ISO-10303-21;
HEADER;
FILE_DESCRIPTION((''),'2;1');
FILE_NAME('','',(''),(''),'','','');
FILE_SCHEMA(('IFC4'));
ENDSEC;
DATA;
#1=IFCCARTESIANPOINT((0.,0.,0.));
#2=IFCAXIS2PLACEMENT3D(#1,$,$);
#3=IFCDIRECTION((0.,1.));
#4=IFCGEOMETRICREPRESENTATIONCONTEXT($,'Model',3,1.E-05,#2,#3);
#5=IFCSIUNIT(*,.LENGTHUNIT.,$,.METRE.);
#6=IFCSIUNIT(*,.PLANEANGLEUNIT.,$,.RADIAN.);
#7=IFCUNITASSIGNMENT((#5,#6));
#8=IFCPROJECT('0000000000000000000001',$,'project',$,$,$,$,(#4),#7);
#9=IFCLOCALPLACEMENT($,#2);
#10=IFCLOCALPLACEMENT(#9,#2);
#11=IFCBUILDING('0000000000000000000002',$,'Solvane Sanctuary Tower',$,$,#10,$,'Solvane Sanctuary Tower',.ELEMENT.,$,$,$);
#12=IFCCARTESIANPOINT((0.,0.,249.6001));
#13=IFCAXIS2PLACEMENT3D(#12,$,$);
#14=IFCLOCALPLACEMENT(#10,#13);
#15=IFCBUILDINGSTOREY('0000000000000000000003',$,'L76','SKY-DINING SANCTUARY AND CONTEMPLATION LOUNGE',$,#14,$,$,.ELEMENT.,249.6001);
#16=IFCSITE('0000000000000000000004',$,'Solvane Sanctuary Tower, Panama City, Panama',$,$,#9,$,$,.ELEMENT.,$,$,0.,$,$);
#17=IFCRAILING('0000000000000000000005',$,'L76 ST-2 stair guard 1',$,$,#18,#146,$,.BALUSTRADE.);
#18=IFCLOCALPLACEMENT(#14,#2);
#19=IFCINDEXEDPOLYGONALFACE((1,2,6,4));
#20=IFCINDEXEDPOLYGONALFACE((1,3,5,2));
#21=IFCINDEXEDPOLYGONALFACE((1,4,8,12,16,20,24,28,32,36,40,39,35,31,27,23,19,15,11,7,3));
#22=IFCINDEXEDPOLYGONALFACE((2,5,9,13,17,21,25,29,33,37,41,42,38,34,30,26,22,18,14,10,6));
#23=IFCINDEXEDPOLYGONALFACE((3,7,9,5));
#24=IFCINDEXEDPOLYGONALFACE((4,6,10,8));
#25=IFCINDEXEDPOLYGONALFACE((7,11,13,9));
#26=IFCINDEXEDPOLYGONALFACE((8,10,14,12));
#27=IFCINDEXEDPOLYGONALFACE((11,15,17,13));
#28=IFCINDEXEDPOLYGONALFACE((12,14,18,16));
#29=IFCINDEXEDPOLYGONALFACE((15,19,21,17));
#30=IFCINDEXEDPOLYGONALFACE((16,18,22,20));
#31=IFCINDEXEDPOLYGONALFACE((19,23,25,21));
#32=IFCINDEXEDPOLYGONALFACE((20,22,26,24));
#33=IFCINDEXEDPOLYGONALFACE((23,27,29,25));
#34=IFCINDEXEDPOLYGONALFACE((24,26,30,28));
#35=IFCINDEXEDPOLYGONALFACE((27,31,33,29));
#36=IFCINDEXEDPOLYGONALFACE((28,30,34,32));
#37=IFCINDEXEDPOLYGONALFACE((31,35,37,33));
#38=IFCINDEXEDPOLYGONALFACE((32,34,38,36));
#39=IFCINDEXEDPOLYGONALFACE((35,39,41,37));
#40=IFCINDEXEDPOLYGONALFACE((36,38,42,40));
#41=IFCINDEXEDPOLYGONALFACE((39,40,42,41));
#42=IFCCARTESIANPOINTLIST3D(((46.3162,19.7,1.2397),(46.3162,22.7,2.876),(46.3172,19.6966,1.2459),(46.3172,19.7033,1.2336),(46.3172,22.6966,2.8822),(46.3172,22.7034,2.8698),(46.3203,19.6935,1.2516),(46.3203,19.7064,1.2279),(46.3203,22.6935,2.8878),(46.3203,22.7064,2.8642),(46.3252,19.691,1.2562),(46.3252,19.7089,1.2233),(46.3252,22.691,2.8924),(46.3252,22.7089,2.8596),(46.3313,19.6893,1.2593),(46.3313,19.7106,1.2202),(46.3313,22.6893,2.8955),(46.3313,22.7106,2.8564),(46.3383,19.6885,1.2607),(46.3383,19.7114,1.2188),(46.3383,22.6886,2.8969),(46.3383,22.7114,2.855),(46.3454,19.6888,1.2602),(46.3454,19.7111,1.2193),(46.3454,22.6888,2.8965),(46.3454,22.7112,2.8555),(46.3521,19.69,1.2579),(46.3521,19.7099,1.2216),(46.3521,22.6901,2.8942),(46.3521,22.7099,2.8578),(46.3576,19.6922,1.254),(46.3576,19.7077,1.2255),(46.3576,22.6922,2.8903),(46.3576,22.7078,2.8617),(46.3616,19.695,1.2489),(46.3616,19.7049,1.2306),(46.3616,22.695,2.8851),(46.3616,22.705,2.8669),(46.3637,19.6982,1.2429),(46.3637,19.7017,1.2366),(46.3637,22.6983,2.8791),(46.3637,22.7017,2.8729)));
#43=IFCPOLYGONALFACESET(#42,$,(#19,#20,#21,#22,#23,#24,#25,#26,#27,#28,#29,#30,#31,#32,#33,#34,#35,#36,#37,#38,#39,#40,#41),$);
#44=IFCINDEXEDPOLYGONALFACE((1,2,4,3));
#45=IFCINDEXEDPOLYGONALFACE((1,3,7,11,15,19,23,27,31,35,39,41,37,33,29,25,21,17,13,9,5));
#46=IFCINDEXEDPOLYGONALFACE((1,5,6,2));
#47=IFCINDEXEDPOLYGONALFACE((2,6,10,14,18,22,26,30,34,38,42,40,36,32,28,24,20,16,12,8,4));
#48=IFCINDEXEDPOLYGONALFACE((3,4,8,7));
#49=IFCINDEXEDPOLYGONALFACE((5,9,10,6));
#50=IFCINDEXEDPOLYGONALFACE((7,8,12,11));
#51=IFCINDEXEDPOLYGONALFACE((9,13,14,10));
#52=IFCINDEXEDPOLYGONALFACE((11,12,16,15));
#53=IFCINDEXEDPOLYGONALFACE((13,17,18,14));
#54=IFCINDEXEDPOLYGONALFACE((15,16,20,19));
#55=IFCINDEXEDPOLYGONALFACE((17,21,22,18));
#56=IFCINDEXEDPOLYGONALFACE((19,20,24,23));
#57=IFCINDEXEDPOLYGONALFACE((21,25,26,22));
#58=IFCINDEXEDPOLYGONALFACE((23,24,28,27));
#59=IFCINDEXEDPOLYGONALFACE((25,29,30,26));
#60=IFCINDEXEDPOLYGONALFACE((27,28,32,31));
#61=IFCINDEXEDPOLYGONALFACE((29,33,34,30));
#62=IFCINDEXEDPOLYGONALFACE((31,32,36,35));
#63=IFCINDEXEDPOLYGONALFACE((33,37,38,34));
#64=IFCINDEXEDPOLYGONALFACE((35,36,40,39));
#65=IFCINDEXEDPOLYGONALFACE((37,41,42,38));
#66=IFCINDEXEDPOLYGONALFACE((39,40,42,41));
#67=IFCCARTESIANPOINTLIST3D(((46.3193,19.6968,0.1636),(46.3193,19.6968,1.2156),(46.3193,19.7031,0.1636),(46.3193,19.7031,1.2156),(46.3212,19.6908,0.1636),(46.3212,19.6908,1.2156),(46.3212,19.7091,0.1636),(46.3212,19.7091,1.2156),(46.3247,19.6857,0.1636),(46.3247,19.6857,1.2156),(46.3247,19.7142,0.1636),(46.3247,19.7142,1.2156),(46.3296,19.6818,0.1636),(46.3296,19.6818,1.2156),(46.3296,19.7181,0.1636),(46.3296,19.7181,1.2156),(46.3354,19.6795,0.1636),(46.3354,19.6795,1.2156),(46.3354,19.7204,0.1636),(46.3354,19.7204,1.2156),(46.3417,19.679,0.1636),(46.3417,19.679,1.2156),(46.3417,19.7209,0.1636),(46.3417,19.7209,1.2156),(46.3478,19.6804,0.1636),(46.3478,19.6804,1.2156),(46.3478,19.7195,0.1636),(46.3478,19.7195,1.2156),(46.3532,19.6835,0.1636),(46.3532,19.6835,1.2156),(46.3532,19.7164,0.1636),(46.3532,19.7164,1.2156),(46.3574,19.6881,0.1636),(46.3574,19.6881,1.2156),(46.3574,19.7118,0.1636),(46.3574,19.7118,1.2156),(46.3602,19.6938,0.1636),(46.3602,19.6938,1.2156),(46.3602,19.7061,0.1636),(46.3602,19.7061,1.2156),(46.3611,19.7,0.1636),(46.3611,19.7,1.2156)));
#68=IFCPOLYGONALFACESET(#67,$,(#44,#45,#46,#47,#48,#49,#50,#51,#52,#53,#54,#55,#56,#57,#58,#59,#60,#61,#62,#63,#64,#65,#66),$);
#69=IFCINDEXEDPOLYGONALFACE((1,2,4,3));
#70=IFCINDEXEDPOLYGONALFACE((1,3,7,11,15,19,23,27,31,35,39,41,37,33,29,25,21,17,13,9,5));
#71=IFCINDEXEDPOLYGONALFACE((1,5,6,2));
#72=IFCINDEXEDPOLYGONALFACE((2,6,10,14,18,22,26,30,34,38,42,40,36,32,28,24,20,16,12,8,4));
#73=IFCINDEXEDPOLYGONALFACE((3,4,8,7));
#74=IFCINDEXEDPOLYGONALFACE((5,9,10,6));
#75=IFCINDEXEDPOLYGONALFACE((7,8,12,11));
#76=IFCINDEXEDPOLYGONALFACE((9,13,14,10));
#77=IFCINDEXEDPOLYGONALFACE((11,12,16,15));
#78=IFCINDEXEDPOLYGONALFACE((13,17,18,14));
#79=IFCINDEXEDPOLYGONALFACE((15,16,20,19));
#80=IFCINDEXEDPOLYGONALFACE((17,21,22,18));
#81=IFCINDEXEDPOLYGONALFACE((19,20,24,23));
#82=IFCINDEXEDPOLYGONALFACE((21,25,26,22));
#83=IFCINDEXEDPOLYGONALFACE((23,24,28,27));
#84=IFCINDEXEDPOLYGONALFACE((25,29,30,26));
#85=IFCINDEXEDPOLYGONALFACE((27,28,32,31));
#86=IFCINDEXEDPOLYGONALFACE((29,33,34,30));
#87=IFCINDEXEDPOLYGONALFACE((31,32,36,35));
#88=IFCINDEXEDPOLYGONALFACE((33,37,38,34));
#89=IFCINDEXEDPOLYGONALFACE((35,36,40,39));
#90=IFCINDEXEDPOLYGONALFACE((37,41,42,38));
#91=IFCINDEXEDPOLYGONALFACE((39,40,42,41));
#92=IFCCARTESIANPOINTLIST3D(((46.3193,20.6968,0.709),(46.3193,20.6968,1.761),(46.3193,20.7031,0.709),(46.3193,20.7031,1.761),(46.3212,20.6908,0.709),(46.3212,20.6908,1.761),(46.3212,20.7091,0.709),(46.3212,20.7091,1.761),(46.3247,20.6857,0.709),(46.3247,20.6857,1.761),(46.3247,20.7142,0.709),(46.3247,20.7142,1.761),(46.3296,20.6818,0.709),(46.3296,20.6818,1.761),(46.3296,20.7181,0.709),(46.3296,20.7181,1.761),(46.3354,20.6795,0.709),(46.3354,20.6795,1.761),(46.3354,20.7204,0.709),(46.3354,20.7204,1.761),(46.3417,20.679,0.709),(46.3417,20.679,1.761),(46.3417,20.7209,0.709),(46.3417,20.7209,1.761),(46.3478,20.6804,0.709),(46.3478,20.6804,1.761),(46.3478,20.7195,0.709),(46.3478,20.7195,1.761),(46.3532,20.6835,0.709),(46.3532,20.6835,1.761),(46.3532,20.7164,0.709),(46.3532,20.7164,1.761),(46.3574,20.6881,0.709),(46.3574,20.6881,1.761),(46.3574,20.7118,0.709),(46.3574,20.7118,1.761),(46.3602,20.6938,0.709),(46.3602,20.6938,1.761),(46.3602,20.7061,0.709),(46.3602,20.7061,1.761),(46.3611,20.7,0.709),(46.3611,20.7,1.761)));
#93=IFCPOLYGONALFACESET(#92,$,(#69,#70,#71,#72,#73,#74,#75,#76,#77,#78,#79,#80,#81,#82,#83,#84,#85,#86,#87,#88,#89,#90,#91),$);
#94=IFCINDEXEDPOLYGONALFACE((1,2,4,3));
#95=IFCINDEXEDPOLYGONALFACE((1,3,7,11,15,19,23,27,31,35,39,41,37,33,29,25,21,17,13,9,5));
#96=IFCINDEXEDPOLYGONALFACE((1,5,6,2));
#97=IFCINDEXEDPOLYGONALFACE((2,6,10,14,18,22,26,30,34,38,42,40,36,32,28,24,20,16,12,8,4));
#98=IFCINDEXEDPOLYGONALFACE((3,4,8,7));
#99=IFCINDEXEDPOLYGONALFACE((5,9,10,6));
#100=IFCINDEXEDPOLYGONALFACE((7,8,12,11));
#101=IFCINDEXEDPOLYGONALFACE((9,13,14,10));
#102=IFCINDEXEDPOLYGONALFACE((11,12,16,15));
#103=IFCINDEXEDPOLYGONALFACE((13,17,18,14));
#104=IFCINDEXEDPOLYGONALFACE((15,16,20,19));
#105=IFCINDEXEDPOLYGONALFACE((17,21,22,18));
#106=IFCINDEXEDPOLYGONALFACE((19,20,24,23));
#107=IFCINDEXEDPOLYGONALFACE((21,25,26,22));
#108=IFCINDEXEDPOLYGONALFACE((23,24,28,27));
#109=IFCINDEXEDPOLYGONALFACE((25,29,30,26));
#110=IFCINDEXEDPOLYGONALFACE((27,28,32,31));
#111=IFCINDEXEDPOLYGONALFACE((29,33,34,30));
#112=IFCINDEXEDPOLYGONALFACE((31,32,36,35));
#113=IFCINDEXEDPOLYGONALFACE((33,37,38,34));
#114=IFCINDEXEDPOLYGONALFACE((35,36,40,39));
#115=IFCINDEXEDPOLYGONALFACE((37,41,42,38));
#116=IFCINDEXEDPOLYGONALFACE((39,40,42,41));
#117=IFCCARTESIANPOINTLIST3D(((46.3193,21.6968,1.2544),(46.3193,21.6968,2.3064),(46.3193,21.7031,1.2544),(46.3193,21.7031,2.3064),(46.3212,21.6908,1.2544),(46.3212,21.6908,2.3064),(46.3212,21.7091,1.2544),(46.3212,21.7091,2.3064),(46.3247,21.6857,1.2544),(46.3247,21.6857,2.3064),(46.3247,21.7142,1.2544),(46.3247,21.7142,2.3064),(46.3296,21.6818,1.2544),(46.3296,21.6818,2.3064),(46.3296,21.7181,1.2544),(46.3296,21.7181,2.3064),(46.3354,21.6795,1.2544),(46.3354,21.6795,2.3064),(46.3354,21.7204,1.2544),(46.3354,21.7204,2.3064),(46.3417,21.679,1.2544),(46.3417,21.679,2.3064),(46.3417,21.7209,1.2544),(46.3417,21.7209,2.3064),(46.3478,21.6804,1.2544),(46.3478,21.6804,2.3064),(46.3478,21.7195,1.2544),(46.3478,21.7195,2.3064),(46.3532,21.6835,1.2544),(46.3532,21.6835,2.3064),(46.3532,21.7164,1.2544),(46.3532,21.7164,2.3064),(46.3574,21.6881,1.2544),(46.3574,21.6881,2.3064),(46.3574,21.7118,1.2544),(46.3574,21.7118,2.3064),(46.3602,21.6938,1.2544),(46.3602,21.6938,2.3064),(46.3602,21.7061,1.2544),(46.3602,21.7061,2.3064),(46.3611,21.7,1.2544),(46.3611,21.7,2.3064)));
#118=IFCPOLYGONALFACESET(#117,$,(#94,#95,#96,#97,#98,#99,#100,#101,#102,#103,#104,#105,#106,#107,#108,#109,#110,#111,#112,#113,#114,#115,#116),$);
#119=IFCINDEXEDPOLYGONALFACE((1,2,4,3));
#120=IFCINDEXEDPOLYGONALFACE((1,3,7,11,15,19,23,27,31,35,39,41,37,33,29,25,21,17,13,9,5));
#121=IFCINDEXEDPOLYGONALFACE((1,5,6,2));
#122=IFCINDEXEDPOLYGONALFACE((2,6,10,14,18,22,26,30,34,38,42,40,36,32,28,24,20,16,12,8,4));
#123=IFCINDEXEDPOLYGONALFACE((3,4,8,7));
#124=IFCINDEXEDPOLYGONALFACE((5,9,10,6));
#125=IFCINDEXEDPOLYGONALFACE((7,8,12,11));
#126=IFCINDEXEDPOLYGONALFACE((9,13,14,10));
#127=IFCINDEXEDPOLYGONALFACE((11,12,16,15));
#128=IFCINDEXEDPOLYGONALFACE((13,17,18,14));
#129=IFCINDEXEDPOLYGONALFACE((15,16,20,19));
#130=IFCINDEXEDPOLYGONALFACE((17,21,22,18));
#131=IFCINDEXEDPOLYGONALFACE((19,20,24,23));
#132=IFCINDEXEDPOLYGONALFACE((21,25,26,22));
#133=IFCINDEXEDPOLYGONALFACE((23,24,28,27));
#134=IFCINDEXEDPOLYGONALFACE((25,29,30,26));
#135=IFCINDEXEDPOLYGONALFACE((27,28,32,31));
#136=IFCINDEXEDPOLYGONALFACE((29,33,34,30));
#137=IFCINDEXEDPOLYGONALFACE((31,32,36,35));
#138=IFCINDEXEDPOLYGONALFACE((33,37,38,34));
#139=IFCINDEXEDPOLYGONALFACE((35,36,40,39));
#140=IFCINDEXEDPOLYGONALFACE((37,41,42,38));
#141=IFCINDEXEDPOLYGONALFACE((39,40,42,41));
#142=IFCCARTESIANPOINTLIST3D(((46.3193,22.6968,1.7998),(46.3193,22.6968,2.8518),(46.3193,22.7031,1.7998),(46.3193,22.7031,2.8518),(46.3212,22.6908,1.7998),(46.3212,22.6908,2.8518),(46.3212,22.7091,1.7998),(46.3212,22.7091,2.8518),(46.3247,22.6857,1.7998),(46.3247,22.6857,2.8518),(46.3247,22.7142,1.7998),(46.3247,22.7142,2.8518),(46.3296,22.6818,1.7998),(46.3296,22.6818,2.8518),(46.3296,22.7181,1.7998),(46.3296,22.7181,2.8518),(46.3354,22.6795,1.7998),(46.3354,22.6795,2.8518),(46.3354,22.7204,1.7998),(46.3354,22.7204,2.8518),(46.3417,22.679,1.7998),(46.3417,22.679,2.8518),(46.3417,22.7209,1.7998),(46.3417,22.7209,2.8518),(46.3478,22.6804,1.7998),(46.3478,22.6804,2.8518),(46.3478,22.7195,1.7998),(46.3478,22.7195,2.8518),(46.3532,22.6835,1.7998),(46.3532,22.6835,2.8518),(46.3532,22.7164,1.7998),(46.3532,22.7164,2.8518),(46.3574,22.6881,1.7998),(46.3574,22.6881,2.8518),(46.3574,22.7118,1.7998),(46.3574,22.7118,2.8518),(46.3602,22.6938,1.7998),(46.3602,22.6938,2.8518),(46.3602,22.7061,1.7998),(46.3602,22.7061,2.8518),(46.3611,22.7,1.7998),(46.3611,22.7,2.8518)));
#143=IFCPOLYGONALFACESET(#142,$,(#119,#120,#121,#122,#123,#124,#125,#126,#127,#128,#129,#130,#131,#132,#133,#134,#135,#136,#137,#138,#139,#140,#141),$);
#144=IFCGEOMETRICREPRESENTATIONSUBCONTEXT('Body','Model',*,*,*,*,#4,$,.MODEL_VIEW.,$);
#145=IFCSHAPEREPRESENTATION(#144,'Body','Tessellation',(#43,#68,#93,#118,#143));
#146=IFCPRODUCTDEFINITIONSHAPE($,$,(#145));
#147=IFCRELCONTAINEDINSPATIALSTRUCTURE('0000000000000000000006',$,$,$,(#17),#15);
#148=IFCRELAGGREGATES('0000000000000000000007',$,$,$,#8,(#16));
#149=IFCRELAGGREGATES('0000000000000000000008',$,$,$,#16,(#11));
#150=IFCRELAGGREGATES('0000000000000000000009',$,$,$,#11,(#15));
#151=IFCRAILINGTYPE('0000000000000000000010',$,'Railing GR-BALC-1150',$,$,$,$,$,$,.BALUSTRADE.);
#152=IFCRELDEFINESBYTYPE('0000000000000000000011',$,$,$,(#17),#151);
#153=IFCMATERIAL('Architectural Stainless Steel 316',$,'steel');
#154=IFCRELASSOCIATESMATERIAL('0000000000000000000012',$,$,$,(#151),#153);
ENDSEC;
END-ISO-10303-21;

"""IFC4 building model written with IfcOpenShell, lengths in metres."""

from ifc_helpers import new_model, si_unit, direction, frame, origin, origin_2d, place, context, subcontext, project, spatial, circle, extrude, material, type_object, element, save


model = new_model("IFC4")

# Units and contexts
model_context = context("Model", 3, precision=1e-05, world=origin(), true_north=direction((0.0, 1.0)))
body_context = subcontext(model_context, "Body", "Model", "MODEL_VIEW")
ifc_project = project(units=[si_unit("LENGTHUNIT", "METRE"), si_unit("PLANEANGLEUNIT", "RADIAN")], contexts=[model_context])

# Site, building, storey
site_placement = place(None, origin())
site = spatial("IfcSite", under=ifc_project, at=site_placement, Name="Solvane Sanctuary Tower, Panama City, Panama", CompositionType="ELEMENT", RefElevation=0.0)
building_placement = place(site_placement, origin())
building = spatial("IfcBuilding", under=site, at=building_placement, Name="Solvane Sanctuary Tower", LongName="Solvane Sanctuary Tower", CompositionType="ELEMENT")
storey_placement = place(building_placement, frame((0.0, 0.0, 249.6001)))
storey = spatial("IfcBuildingStorey", under=building, at=storey_placement, Name="L76", Description="SKY-DINING SANCTUARY AND CONTEMPLATION LOUNGE", CompositionType="ELEMENT", Elevation=249.6001)

# Shared definitions
ifc_material_1 = material(Name="Architectural Stainless Steel 316", Category="steel")

# Railing
railing_type_1 = type_object("IfcRailingType", Name="Railing GR-BALC-1150", PredefinedType="BALUSTRADE", material=ifc_material_1)
railing_1_placement = place(storey_placement, frame((46.3401, 19.7, 0.1636)))
element("IfcRailing", 1, at=railing_1_placement, inside=storey, type_object=railing_type_1, Name="L76 ST-2 stair guard 1", PredefinedType="BALUSTRADE", context=body_context, shape_type="SweptSolid", body=[
    extrude(circle(Radius=0.0239, at=origin_2d()), frame((0.0, 0.0, 1.0762), z_axis=(0.0, 0.877912, 0.478822), x_axis=(-1.0, 0.0, 0.0)), (0.0, 0.0, 1.0), 3.4172),
    extrude(circle(Radius=0.021, at=origin_2d()), origin(), (0.0, 0.0, 1.0), 1.052),
    extrude(circle(Radius=0.021, at=origin_2d()), frame((0.0, 1.0, 0.5454)), (0.0, 0.0, 1.0), 1.052),
    extrude(circle(Radius=0.021, at=origin_2d()), frame((0.0, 2.0, 1.0908)), (0.0, 0.0, 1.0), 1.052),
    extrude(circle(Radius=0.021, at=origin_2d()), frame((0.0, 3.0, 1.6362)), (0.0, 0.0, 1.0), 1.052),
])

save(model, "model.ifc")
